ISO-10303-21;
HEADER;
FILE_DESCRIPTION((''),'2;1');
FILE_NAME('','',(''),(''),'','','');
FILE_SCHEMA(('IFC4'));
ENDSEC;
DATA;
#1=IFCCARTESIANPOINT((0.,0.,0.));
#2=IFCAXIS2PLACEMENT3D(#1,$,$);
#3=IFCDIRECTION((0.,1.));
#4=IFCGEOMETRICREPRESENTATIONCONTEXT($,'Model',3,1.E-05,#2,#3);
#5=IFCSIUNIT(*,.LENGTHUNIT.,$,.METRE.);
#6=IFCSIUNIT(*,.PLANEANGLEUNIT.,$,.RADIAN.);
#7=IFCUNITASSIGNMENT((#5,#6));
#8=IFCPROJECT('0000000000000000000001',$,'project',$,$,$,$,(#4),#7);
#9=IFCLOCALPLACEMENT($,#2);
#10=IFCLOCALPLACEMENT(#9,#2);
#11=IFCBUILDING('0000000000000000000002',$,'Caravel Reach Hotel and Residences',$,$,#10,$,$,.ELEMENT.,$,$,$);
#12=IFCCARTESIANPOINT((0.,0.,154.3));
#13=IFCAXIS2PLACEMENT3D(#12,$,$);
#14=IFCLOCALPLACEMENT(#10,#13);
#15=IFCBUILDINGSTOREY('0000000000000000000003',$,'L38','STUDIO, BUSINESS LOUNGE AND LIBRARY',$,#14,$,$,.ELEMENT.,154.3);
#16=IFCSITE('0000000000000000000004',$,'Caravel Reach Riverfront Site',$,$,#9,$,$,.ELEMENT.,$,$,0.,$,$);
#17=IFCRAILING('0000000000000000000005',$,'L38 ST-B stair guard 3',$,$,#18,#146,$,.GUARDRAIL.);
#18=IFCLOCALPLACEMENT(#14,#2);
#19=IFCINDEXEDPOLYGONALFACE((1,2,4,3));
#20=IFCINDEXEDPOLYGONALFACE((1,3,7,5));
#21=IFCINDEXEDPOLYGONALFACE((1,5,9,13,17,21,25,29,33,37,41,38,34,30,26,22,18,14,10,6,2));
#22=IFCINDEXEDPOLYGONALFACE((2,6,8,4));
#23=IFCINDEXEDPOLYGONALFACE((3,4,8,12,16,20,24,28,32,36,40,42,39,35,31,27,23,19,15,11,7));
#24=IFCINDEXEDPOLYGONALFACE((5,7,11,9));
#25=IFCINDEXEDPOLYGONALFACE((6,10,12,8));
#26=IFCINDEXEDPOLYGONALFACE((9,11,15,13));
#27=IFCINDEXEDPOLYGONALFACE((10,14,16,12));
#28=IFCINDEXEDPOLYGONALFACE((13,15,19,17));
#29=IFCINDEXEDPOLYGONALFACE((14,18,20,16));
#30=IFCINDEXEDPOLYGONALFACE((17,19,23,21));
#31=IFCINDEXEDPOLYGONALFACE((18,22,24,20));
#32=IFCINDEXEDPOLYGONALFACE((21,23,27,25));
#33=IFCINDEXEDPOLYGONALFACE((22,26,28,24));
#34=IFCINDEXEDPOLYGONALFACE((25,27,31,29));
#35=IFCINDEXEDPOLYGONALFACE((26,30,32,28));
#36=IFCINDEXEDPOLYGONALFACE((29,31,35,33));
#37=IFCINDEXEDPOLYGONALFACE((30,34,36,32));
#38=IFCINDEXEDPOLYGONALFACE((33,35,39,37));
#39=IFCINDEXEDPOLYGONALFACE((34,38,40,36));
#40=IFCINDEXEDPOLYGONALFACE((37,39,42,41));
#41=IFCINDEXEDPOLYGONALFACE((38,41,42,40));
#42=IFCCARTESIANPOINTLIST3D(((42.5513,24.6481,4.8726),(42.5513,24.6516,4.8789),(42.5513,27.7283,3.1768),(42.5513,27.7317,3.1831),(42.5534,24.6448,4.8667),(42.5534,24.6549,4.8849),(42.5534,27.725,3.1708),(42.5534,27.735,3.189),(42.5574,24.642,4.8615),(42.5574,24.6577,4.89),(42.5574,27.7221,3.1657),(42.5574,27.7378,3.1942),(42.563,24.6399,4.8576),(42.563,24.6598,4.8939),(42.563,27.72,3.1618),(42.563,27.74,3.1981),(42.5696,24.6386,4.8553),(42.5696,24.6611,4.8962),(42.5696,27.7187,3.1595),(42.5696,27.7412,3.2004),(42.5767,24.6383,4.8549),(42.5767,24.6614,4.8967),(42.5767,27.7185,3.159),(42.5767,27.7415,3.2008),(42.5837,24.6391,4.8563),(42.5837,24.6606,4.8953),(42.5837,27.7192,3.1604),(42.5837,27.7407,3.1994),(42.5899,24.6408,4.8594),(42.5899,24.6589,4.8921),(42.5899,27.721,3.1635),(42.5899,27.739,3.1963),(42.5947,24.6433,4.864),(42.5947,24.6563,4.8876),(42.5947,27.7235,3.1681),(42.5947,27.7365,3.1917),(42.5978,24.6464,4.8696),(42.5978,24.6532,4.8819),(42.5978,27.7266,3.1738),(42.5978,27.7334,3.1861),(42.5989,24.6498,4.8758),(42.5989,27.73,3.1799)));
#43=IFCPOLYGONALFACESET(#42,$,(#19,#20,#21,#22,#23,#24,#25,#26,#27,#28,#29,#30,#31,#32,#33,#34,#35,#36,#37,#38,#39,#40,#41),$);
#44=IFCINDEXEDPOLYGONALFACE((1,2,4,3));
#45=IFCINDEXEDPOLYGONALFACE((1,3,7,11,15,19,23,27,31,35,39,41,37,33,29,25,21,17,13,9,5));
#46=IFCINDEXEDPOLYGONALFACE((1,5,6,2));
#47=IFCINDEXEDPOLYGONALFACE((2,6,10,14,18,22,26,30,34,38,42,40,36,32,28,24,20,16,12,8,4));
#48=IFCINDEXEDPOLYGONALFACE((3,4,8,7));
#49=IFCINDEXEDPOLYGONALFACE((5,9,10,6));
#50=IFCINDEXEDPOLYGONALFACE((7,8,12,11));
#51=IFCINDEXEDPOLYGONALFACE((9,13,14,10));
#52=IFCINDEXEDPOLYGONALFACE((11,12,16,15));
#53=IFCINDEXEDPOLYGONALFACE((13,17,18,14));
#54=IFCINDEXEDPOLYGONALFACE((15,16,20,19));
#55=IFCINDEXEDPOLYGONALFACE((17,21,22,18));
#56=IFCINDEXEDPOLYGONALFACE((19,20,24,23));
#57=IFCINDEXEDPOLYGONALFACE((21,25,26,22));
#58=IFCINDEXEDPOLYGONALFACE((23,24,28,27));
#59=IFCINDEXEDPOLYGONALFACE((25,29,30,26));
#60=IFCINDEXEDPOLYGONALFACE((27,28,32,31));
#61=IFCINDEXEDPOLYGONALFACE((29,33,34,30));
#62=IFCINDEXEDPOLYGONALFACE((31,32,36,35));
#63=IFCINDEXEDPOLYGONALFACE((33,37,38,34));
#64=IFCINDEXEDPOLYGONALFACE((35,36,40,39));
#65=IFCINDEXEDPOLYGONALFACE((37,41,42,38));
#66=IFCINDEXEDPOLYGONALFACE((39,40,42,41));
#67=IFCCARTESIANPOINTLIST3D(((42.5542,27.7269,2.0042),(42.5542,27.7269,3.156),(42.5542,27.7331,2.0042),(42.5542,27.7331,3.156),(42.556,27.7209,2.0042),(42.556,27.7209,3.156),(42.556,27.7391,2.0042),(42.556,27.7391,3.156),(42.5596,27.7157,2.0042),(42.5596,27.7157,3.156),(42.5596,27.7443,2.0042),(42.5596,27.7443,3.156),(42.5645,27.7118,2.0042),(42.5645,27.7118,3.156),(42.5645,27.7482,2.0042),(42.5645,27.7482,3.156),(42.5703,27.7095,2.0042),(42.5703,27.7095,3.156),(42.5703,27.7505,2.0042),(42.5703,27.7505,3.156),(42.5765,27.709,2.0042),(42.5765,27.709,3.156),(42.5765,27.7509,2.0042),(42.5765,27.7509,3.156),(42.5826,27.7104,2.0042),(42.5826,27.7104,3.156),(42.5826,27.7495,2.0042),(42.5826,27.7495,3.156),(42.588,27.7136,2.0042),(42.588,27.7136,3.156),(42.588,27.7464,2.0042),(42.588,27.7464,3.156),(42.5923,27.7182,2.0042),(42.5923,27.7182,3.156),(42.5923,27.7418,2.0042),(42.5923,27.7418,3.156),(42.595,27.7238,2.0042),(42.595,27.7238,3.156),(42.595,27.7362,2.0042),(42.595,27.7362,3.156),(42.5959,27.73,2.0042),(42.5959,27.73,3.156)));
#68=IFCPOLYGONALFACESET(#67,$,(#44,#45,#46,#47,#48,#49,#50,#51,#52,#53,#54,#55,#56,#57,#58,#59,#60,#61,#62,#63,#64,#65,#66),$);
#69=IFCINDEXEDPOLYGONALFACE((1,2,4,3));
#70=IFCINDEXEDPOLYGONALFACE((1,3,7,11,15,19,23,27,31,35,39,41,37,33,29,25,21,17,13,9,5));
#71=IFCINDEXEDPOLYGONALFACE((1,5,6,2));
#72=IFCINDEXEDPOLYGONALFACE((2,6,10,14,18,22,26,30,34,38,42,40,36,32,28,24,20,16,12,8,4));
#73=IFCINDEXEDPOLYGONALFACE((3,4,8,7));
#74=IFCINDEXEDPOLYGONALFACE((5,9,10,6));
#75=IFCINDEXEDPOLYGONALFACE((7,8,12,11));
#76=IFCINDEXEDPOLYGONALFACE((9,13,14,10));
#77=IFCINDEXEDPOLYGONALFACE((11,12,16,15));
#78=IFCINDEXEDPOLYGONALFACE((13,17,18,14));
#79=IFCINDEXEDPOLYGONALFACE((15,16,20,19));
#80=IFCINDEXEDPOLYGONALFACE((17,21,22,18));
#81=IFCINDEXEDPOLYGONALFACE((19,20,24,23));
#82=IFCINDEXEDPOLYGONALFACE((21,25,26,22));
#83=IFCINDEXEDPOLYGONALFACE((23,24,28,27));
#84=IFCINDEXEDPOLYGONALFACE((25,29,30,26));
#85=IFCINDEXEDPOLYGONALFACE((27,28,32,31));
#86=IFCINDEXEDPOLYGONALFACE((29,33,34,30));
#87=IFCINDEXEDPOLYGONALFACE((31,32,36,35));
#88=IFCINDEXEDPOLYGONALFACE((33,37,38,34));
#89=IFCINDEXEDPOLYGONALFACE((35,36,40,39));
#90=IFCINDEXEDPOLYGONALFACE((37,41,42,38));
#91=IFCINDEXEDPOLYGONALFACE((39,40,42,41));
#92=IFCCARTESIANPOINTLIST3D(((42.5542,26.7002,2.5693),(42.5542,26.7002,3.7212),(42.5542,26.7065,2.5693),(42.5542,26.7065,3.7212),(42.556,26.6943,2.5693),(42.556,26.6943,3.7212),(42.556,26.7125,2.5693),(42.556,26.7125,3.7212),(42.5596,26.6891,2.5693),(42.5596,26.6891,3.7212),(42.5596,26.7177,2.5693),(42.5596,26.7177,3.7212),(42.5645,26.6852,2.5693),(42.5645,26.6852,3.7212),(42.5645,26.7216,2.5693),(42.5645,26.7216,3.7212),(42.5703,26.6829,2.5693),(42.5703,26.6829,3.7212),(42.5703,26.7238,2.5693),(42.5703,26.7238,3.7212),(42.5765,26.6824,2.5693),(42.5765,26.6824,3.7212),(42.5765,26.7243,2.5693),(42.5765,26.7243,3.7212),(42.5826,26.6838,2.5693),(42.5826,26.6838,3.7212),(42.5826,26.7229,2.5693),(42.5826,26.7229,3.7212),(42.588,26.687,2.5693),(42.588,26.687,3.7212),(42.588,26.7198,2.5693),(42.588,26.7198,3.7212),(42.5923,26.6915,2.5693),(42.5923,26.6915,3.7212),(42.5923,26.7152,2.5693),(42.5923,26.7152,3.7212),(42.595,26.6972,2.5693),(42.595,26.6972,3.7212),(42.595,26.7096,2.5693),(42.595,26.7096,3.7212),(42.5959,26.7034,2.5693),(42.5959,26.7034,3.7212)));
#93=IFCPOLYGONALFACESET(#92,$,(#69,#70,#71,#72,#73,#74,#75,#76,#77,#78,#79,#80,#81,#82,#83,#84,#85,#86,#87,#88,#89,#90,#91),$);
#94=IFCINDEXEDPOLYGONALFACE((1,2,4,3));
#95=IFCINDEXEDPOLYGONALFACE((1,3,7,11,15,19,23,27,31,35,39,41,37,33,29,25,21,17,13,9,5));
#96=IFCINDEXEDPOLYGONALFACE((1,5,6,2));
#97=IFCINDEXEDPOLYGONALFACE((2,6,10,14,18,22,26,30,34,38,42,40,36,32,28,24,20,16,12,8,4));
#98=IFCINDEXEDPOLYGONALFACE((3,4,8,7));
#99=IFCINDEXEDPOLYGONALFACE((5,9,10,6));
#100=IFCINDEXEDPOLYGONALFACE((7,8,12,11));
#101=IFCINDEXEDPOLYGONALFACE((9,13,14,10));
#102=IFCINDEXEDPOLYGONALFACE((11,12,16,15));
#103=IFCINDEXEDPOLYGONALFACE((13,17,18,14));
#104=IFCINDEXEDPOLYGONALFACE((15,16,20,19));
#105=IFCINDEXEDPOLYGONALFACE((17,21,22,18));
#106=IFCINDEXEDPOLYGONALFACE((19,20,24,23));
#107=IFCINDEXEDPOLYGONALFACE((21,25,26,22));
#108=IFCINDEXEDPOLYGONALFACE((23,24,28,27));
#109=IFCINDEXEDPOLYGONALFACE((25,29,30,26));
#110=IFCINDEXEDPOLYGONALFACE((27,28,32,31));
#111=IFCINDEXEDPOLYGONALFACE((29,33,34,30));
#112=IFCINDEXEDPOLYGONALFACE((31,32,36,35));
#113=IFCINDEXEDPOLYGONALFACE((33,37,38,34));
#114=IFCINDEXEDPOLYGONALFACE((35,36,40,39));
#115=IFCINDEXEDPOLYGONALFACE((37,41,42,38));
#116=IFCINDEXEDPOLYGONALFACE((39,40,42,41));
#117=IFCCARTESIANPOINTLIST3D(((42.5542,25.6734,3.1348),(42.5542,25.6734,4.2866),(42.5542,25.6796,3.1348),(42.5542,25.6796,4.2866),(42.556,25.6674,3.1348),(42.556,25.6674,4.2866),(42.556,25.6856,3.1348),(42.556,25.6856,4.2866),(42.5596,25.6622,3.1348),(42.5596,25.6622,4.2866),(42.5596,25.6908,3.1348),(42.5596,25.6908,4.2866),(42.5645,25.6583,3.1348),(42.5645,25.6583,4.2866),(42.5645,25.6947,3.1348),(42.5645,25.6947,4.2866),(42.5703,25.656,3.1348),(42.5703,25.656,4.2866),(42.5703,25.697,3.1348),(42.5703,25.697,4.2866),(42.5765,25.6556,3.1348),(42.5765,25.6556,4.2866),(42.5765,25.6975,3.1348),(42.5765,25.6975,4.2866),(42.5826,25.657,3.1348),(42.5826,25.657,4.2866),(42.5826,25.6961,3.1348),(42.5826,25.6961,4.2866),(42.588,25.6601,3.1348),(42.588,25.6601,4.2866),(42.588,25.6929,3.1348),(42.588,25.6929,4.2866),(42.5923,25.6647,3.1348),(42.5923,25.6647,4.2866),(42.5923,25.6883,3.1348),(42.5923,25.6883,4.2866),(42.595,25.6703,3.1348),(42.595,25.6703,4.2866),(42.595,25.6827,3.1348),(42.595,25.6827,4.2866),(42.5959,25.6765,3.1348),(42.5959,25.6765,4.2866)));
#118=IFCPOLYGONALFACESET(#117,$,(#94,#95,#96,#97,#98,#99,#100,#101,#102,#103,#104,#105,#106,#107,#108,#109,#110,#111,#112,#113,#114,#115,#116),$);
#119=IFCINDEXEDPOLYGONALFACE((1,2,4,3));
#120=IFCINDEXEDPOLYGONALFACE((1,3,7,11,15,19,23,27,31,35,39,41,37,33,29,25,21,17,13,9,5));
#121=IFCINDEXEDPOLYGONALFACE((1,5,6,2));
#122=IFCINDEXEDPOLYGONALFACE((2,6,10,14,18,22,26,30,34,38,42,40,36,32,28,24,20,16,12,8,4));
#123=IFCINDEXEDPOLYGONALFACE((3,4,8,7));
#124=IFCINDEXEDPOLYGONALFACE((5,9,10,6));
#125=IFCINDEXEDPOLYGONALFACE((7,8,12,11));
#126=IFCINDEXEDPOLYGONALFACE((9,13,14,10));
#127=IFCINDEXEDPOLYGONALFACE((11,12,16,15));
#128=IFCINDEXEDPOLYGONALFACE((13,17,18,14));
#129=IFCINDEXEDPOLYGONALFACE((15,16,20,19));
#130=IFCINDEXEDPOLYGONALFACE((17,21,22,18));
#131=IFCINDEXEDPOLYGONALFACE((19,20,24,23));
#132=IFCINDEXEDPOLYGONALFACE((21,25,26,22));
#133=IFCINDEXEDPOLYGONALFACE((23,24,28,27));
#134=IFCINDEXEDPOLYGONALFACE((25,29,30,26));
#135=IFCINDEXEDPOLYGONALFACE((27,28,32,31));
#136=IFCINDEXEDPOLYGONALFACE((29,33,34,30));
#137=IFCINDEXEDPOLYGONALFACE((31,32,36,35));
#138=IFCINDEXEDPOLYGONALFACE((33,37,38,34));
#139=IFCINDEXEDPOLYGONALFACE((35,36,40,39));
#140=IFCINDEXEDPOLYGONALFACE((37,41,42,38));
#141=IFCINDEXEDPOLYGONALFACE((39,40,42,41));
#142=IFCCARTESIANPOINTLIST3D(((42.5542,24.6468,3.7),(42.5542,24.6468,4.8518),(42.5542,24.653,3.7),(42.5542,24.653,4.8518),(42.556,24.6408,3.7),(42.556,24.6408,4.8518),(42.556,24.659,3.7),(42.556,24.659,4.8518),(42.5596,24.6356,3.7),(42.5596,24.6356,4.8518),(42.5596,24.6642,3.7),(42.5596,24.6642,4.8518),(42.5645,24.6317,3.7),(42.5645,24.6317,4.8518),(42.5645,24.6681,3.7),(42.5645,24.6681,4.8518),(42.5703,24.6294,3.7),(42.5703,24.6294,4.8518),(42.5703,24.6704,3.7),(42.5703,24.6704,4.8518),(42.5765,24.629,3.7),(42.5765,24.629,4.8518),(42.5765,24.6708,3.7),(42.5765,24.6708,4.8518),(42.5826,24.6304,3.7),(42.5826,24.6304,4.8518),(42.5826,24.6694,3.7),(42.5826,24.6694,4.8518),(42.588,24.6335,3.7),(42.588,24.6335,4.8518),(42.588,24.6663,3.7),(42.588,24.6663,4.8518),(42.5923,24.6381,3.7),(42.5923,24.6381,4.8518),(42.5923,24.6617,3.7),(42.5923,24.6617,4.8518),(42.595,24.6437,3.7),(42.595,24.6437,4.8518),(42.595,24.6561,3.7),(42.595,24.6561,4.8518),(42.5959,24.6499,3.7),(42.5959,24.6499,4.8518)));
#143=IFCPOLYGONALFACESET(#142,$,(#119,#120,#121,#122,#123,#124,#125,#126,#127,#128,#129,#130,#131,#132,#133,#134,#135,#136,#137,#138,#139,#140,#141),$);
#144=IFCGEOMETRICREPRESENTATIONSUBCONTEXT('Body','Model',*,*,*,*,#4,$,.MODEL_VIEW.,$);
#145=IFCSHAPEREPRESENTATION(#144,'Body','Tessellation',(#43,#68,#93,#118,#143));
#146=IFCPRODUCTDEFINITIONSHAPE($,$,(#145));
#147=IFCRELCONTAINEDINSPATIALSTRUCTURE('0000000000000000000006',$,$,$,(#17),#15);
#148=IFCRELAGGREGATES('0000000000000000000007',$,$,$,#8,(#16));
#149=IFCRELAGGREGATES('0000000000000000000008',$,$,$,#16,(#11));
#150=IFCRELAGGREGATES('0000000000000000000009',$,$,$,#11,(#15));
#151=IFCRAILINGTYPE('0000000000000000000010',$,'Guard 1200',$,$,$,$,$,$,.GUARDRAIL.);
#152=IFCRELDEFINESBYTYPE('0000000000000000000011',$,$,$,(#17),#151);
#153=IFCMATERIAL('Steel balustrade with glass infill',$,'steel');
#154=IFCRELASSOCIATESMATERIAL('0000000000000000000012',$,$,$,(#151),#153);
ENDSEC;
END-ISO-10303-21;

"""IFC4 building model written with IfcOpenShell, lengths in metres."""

from ifc_helpers import new_model, si_unit, direction, frame, origin, origin_2d, place, context, subcontext, project, spatial, circle, extrude, material, type_object, element, save


model = new_model("IFC4")

# Units and contexts
model_context = context("Model", 3, precision=1e-05, world=origin(), true_north=direction((0.0, 1.0)))
body_context = subcontext(model_context, "Body", "Model", "MODEL_VIEW")
ifc_project = project(units=[si_unit("LENGTHUNIT", "METRE"), si_unit("PLANEANGLEUNIT", "RADIAN")], contexts=[model_context])

# Site, building, storey
site_placement = place(None, origin())
site = spatial("IfcSite", under=ifc_project, at=site_placement, Name="Caravel Reach Riverfront Site", CompositionType="ELEMENT", RefElevation=0.0)
building_placement = place(site_placement, origin())
building = spatial("IfcBuilding", under=site, at=building_placement, Name="Caravel Reach Hotel and Residences", CompositionType="ELEMENT")
storey_placement = place(building_placement, frame((0.0, 0.0, 154.3)))
storey = spatial("IfcBuildingStorey", under=building, at=storey_placement, Name="L38", Description="STUDIO, BUSINESS LOUNGE AND LIBRARY", CompositionType="ELEMENT", Elevation=154.3)

# Railing
ifc_material_1 = material(Name="Steel balustrade with glass infill", Category="steel")
railing_type_1 = type_object("IfcRailingType", Name="Guard 1200", PredefinedType="GUARDRAIL", material=ifc_material_1)
railing_1_placement = place(storey_placement, frame((42.575, 27.73, 2.0042)))
element("IfcRailing", 1, at=railing_1_placement, inside=storey, type_object=railing_type_1, Name="L38 ST-B stair guard 3", PredefinedType="GUARDRAIL", context=body_context, shape_type="SweptSolid", body=[
    extrude(circle(Radius=0.0239, at=origin_2d()), frame((0.0, 0.0, 1.1758), z_axis=(0.0, -0.876005, 0.482303), x_axis=(1.0, 0.0, 0.0)), (0.0, 0.0, 1.0), 3.5161),
    extrude(circle(Radius=0.021, at=origin_2d()), origin(), (0.0, 0.0, 1.0), 1.1519),
    extrude(circle(Radius=0.021, at=origin_2d()), frame((0.0, -1.0266, 0.5652)), (0.0, 0.0, 1.0), 1.1519),
    extrude(circle(Radius=0.021, at=origin_2d()), frame((0.0, -2.0535, 1.1306)), (0.0, 0.0, 1.0), 1.1519),
    extrude(circle(Radius=0.021, at=origin_2d()), frame((0.0, -3.0801, 1.6958)), (0.0, 0.0, 1.0), 1.1519),
])

save(model, "model.ifc")
